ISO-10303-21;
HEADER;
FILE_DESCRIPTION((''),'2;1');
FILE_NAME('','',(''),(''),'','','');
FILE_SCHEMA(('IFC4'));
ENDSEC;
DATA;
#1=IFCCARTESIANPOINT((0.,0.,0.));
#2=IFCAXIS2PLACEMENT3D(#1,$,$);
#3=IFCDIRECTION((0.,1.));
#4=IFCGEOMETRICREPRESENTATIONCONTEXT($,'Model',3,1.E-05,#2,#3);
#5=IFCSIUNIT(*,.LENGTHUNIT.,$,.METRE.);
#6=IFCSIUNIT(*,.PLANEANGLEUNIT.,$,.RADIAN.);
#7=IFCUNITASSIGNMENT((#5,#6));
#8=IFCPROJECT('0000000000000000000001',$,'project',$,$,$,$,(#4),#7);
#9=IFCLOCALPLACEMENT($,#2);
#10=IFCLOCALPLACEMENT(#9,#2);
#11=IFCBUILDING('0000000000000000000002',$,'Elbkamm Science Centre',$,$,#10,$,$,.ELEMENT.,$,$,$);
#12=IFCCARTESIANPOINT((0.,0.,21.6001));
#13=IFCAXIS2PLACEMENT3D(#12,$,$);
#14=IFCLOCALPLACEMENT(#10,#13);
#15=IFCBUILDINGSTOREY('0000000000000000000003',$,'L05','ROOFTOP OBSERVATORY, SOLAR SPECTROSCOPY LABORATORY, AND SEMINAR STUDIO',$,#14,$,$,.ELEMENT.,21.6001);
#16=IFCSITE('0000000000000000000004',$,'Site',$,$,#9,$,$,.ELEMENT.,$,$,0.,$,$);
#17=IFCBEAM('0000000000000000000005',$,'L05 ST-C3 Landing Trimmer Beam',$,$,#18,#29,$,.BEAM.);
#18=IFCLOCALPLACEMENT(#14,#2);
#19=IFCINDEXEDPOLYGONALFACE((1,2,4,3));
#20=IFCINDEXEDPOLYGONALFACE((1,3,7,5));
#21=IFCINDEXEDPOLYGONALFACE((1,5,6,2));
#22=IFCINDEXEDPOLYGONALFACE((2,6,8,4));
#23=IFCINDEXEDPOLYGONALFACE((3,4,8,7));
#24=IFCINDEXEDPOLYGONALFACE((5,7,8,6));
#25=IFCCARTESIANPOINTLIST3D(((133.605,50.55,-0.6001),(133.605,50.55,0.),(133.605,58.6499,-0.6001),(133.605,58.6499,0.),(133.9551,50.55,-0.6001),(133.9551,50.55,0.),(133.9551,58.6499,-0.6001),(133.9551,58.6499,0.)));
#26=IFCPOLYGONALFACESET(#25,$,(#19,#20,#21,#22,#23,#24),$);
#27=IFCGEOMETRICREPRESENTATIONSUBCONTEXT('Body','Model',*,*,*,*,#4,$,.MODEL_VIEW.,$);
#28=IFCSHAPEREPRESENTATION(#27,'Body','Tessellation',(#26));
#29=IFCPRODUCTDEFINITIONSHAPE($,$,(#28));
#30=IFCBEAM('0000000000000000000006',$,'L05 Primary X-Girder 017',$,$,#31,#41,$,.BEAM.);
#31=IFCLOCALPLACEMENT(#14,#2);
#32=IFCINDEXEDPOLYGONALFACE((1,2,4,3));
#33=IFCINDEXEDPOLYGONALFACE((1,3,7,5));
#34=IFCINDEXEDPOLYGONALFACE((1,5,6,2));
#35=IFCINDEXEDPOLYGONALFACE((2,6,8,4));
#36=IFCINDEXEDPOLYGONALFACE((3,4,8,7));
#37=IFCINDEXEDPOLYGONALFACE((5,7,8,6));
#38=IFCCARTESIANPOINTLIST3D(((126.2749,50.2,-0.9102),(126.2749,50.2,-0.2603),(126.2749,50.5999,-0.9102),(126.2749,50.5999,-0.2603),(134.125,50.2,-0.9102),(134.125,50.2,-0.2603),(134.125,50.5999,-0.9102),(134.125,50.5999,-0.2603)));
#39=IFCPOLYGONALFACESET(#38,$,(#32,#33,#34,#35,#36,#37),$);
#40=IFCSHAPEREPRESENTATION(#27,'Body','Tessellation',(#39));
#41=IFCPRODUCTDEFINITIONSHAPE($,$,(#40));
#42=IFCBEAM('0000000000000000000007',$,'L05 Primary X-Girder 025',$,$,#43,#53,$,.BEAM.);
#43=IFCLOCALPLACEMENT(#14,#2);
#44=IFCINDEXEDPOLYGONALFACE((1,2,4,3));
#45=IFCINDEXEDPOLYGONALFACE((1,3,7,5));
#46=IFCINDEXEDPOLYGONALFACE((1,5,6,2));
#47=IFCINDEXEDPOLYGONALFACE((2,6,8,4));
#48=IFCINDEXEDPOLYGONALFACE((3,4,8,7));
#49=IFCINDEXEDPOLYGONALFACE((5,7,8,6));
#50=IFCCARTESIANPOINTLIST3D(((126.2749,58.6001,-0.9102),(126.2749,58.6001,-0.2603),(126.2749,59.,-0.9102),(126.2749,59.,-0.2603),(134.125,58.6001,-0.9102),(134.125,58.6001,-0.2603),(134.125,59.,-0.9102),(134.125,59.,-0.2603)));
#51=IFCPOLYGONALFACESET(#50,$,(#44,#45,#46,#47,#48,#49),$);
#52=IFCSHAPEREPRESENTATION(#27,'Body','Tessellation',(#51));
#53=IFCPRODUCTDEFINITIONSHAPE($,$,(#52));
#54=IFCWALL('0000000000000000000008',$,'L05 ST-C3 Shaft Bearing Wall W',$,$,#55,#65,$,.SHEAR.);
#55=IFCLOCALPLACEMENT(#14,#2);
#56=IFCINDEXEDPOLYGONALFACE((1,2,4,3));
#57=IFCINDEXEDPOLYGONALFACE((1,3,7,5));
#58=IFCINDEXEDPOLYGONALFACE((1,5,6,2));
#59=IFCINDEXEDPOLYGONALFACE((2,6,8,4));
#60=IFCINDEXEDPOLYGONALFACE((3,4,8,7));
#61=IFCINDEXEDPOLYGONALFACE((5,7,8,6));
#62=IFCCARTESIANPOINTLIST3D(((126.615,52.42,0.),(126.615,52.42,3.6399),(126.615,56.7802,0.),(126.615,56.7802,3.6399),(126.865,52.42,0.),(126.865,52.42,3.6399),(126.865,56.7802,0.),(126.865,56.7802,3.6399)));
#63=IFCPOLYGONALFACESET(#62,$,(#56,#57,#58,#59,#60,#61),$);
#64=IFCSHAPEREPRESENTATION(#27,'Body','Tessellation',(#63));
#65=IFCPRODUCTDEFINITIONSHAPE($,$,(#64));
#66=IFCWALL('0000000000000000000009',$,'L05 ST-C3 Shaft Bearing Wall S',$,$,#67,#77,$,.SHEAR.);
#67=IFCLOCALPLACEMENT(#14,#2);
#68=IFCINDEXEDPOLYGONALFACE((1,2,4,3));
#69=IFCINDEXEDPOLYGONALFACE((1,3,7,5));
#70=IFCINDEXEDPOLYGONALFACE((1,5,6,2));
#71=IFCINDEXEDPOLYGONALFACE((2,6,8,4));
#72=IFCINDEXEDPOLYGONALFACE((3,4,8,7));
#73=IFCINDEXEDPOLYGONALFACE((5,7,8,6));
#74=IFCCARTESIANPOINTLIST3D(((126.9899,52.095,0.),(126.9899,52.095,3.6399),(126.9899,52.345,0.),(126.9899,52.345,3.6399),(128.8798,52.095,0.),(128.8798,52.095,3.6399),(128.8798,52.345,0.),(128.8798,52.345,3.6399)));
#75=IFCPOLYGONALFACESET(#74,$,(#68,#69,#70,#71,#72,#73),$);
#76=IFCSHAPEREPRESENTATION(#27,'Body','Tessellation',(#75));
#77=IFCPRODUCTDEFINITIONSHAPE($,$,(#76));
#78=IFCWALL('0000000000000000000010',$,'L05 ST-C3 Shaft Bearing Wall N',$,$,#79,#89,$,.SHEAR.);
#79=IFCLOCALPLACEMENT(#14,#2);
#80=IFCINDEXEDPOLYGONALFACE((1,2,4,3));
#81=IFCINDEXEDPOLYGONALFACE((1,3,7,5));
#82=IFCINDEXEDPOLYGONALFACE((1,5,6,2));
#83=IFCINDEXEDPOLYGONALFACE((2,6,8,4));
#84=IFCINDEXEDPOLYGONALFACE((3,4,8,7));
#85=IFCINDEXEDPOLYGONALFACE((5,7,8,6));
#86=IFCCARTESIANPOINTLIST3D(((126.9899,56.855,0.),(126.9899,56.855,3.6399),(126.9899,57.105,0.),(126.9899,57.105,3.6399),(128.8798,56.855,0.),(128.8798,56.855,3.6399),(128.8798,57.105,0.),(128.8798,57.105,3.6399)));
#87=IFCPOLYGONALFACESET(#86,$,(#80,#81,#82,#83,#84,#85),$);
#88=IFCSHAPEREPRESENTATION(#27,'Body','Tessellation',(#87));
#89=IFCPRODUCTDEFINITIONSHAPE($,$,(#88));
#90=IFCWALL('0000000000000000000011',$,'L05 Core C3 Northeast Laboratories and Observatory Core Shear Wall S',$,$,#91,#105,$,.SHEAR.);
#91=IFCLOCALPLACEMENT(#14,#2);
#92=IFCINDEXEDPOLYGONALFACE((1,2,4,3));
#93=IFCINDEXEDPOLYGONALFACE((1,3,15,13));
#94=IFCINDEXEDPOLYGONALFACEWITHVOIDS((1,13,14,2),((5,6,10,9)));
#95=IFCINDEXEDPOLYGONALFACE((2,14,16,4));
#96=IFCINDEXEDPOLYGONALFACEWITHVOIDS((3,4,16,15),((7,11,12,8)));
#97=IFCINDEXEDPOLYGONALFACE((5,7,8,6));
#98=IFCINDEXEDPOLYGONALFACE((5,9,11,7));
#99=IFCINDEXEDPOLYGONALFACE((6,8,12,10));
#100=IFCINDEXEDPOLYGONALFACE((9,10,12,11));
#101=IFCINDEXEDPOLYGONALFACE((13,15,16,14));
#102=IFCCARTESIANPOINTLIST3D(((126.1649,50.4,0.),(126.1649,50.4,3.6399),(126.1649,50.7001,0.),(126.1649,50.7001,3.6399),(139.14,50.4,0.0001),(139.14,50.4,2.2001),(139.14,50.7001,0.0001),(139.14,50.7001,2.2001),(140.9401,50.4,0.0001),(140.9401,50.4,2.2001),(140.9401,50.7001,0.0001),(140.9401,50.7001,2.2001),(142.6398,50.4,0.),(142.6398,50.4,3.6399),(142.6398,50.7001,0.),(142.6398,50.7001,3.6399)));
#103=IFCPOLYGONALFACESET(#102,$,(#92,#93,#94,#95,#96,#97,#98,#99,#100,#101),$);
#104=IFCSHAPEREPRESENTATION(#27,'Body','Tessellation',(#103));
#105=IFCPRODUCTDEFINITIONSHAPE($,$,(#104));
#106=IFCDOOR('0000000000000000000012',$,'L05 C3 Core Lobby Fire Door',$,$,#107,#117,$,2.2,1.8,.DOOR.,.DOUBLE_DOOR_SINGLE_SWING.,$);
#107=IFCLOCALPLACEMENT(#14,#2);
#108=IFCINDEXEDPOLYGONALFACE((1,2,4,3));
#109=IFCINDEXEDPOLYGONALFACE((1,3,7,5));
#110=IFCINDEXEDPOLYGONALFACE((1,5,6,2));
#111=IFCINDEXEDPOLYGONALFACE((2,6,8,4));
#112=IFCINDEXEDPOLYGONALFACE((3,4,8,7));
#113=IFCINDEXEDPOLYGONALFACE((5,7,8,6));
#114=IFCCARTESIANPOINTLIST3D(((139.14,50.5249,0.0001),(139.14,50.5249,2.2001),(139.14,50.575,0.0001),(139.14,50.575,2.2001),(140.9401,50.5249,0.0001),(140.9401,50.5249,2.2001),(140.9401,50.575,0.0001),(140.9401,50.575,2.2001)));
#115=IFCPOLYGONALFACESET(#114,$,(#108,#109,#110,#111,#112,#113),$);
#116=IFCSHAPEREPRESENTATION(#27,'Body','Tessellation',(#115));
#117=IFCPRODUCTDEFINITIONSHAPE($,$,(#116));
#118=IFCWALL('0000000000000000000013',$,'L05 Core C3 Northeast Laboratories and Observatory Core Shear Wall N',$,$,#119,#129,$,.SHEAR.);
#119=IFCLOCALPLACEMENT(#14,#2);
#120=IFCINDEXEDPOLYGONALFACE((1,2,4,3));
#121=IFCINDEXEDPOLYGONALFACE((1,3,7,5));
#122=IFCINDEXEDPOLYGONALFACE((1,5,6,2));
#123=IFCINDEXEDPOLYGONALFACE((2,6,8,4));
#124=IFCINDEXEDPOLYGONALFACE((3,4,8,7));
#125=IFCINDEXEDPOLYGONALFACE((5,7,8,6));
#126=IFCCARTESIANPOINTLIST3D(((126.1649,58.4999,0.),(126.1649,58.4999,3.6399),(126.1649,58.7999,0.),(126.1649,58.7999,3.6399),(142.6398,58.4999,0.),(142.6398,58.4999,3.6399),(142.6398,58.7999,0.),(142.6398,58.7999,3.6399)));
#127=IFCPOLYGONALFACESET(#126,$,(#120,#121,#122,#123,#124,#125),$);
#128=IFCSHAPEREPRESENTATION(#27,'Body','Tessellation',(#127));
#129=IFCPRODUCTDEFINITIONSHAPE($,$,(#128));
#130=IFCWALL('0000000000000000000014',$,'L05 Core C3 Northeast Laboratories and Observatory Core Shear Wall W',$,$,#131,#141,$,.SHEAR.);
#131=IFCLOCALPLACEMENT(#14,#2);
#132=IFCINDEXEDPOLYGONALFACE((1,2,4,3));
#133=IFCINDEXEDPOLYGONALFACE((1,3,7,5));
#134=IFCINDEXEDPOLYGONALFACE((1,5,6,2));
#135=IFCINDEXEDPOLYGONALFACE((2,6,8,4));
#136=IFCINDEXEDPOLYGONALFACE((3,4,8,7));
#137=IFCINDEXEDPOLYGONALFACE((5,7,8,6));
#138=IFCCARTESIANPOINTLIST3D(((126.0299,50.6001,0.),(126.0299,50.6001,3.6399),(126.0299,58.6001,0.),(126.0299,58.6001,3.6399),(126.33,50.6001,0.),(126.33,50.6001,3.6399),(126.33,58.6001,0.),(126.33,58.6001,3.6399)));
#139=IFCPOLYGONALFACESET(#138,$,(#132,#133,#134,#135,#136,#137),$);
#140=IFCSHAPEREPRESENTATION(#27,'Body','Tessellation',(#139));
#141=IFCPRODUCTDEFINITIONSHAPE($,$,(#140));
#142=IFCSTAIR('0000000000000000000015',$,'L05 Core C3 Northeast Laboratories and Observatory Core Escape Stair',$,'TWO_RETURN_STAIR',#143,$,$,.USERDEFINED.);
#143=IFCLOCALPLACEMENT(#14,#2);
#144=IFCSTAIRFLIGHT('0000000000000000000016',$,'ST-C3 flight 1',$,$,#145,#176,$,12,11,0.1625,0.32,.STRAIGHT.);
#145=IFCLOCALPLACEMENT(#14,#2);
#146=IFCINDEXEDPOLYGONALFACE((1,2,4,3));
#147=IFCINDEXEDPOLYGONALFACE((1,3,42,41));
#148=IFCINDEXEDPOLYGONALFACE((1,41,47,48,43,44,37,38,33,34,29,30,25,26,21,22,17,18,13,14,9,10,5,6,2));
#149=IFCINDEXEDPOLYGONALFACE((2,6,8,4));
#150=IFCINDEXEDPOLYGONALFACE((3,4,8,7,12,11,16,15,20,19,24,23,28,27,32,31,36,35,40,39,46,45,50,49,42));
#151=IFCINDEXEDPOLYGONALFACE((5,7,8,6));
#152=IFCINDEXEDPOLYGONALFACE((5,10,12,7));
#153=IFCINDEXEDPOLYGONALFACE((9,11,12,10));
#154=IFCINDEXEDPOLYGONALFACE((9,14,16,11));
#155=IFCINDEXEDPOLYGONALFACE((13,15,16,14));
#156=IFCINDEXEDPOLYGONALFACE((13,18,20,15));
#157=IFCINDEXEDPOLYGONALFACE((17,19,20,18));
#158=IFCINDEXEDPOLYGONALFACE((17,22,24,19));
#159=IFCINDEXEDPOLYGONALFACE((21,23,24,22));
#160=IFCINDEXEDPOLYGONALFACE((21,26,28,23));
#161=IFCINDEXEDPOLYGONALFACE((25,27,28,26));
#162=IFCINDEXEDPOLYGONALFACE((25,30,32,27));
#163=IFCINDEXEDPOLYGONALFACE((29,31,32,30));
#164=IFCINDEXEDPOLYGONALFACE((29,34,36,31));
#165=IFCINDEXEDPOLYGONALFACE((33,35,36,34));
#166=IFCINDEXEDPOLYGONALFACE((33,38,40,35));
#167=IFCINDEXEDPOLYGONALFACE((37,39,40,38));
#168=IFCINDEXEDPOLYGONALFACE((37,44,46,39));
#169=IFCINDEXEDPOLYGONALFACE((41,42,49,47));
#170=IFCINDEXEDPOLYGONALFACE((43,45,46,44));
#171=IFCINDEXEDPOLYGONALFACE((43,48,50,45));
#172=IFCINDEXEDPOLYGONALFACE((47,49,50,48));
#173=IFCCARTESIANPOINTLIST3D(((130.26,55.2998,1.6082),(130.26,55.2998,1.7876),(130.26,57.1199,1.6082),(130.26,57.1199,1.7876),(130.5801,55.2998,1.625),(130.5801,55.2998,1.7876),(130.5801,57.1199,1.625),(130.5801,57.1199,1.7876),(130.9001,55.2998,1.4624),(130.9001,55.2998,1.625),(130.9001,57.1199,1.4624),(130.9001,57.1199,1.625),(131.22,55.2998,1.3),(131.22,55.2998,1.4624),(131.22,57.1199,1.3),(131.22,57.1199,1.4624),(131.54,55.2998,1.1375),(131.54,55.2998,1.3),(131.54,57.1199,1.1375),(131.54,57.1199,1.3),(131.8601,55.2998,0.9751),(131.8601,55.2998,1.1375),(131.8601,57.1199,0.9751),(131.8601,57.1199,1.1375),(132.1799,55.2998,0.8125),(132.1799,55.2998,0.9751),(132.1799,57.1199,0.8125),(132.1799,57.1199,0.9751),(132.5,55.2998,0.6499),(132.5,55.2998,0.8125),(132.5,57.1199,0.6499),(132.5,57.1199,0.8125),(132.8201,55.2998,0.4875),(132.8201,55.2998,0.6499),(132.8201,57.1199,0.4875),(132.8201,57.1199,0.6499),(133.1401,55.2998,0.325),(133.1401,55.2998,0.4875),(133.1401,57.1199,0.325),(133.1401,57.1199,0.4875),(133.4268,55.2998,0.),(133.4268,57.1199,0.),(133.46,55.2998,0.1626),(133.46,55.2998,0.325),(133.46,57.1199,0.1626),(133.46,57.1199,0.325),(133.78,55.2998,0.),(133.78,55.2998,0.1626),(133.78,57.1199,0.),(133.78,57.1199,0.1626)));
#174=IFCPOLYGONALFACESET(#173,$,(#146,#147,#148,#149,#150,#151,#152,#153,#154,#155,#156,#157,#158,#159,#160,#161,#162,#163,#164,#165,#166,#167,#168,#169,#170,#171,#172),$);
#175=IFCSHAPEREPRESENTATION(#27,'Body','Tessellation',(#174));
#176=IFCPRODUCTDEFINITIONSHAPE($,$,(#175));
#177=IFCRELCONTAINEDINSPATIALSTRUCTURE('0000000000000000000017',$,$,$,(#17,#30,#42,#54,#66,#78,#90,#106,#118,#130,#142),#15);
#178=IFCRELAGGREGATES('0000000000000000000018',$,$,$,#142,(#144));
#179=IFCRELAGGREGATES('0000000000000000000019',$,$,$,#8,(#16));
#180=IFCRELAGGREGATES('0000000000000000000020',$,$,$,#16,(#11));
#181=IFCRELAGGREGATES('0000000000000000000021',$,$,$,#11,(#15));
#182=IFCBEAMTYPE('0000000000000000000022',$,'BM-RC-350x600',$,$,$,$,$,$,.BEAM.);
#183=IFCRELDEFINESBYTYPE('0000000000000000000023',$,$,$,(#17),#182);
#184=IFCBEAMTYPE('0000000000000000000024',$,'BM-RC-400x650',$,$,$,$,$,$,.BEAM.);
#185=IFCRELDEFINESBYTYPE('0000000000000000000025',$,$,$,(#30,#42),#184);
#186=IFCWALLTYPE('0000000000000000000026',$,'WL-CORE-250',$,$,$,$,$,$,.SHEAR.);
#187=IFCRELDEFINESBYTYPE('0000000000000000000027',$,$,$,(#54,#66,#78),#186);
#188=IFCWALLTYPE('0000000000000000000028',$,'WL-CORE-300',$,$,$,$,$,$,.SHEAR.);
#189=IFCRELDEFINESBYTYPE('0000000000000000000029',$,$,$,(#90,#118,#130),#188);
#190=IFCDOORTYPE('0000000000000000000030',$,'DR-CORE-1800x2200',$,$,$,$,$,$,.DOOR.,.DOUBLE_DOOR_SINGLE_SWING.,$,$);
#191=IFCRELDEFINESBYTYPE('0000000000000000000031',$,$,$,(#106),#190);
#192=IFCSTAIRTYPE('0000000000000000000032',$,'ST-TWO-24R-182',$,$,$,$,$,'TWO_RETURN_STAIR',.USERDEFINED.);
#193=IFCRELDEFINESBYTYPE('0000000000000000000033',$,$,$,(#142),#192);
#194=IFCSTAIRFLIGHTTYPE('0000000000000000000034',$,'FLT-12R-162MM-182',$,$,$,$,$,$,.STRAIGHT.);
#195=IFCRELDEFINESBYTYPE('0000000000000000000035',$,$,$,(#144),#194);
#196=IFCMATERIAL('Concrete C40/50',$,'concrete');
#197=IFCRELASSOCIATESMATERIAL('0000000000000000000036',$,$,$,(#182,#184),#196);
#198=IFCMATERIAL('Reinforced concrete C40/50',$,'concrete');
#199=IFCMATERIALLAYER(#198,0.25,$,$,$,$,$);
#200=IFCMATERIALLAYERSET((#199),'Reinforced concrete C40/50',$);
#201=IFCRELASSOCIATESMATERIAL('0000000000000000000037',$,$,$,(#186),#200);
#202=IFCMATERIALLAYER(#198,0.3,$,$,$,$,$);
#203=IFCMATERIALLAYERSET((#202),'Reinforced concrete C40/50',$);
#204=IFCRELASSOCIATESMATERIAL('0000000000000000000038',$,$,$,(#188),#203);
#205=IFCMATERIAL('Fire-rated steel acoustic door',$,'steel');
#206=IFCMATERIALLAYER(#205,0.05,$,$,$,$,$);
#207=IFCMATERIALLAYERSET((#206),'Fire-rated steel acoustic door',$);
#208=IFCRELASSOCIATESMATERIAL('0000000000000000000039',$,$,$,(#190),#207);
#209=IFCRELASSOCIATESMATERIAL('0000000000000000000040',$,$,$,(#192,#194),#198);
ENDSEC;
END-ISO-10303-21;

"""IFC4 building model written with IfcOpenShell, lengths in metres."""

from ifc_helpers import new_model, si_unit, direction, frame, frame_2d, origin, origin_2d, place, context, subcontext, project, spatial, polyline, rectangle, outline, extrude, material, layer, layer_set, material_profile, profile_set, type_object, element, fill, aggregate, save


model = new_model("IFC4")

# Units and contexts
model_context = context("Model", 3, precision=1e-05, world=origin(), true_north=direction((0.0, 1.0)))
body_context = subcontext(model_context, "Body", "Model", "MODEL_VIEW")
ifc_project = project(units=[si_unit("LENGTHUNIT", "METRE"), si_unit("PLANEANGLEUNIT", "RADIAN")], contexts=[model_context])

# Site, building, storey
site_placement = place(None, origin())
site = spatial("IfcSite", under=ifc_project, at=site_placement, Name="Site", CompositionType="ELEMENT", RefElevation=0.0)
building_placement = place(site_placement, origin())
building = spatial("IfcBuilding", under=site, at=building_placement, Name="Elbkamm Science Centre", CompositionType="ELEMENT")
storey_placement = place(building_placement, frame((0.0, 0.0, 21.6001)))
storey = spatial("IfcBuildingStorey", under=building, at=storey_placement, Name="L05", Description="ROOFTOP OBSERVATORY, SOLAR SPECTROSCOPY LABORATORY, AND SEMINAR STUDIO", CompositionType="ELEMENT", Elevation=21.6001)

# Beams
ifc_material_1 = material(Name="Concrete C40/50", Category="concrete")
ifc_material_profile_1 = material_profile(ifc_material_1, rectangle(XDim=0.3501, YDim=0.6001, at=origin_2d()), Name="RC 350x600")
ifc_profile_set_1 = profile_set([ifc_material_profile_1], Name="Concrete C40/50")
beam_type_1 = type_object("IfcBeamType", Name="BM-RC-350x600", PredefinedType="BEAM", material=ifc_profile_set_1)
beam_placement = place(storey_placement, frame((133.78, 50.55, -0.3), z_axis=(0.0, 1.0, 0.0), x_axis=(-1.0, 0.0, 0.0)))
element("IfcBeam", 1, at=beam_placement, inside=storey, type_object=beam_type_1, Name="L05 ST-C3 Landing Trimmer Beam", PredefinedType="BEAM", context=body_context, shape_type="SweptSolid", body=[
    extrude(rectangle(XDim=0.3501, YDim=0.6001, at=origin_2d()), origin(), (0.0, 0.0, 1.0), 8.0999),
])
ifc_material_profile_2 = material_profile(ifc_material_1, rectangle(XDim=0.3999, YDim=0.6499, at=origin_2d()), Name="RC 400x650")
ifc_profile_set_2 = profile_set([ifc_material_profile_2], Name="Concrete C40/50")
beam_type_2 = type_object("IfcBeamType", Name="BM-RC-400x650", PredefinedType="BEAM", material=ifc_profile_set_2)
for number, where, z_axis, x_axis, name in (
    (2, (126.2749, 50.3999, -0.5852), (1.0, 0.0, 0.0), (0.0, 1.0, 0.0), "L05 Primary X-Girder 017"),
    (3, (126.2749, 58.8, -0.5852), (1.0, 0.0, 0.0), (0.0, 1.0, 0.0), "L05 Primary X-Girder 025"),
):
    element("IfcBeam", number, at=place(storey_placement, frame(where, z_axis=z_axis, x_axis=x_axis)), inside=storey, type_object=beam_type_2, Name=name, PredefinedType="BEAM", context=body_context, shape_type="SweptSolid", body=[
        extrude(rectangle(XDim=0.3999, YDim=0.6499, at=origin_2d()), origin(), (0.0, 0.0, 1.0), 7.8501),
    ])

# Walls
ifc_material_2 = material(Name="Reinforced concrete C40/50", Category="concrete")
ifc_layer_1 = layer(ifc_material_2, 0.25)
ifc_layer_set_1 = layer_set([ifc_layer_1], Name="Reinforced concrete C40/50")
wall_type_1 = type_object("IfcWallType", Name="WL-CORE-250", PredefinedType="SHEAR", material=ifc_layer_set_1)
wall_1_placement = place(storey_placement, frame((126.74, 52.4199, 0.0), z_axis=(0.0, 0.0, 1.0), x_axis=(0.0, 1.0, 0.0)))
element("IfcWall", 4, at=wall_1_placement, inside=storey, type_object=wall_type_1, Name="L05 ST-C3 Shaft Bearing Wall W", PredefinedType="SHEAR", context=body_context, shape_type="SweptSolid", body=[
    extrude(rectangle(XDim=4.3601, YDim=0.25, at=frame_2d((2.1802, 0.0))), origin(), (0.0, 0.0, 1.0), 3.6399),
])
for number, where, z_axis, x_axis, name in (
    (5, (126.99, 52.22, 0.0), (0.0, 0.0, 1.0), (1.0, 0.0, 0.0), "L05 ST-C3 Shaft Bearing Wall S"),
    (6, (126.99, 56.98, 0.0), (0.0, 0.0, 1.0), (1.0, 0.0, 0.0), "L05 ST-C3 Shaft Bearing Wall N"),
):
    element("IfcWall", number, at=place(storey_placement, frame(where, z_axis=z_axis, x_axis=x_axis)), inside=storey, type_object=wall_type_1, Name=name, PredefinedType="SHEAR", context=body_context, shape_type="SweptSolid", body=[
        extrude(rectangle(XDim=1.8899, YDim=0.25, at=frame_2d((0.9448, 0.0))), origin(), (0.0, 0.0, 1.0), 3.6399),
    ])

# Wall, opening, door
ifc_layer_2 = layer(ifc_material_2, 0.3)
ifc_layer_set_2 = layer_set([ifc_layer_2], Name="Reinforced concrete C40/50")
wall_type_2 = type_object("IfcWallType", Name="WL-CORE-300", PredefinedType="SHEAR", material=ifc_layer_set_2)
wall_2_placement = place(storey_placement, frame((126.165, 50.55, 0.0), z_axis=(0.0, 0.0, 1.0), x_axis=(1.0, 0.0, 0.0)))
wall_2 = element("IfcWall", 7, at=wall_2_placement, inside=storey, type_object=wall_type_2, Name="L05 Core C3 Northeast Laboratories and Observatory Core Shear Wall S", PredefinedType="SHEAR", context=body_context, shape_type="SweptSolid", body=[
    extrude(rectangle(XDim=16.4749, YDim=0.3, at=frame_2d((8.2373, 0.0))), origin(), (0.0, 0.0, 1.0), 3.6399),
])
opening_placement = place(wall_2_placement, frame((12.9751, 0.0, 0.0)))
opening = element("IfcOpeningElement", 8, at=opening_placement, cuts=wall_2, PredefinedType="OPENING", context=body_context, shape_type="SweptSolid", body=[
    extrude(rectangle(XDim=1.8, YDim=2.2, at=frame_2d((0.8999, 1.1001))), frame((0.0, 0.1621, 0.0), z_axis=(0.0, -1.0, 0.0), x_axis=(1.0, 0.0, 0.0)), (0.0, 0.0, 1.0), 0.324),
])
ifc_material_3 = material(Name="Fire-rated steel acoustic door", Category="steel")
ifc_layer_3 = layer(ifc_material_3, 0.05)
ifc_layer_set_3 = layer_set([ifc_layer_3], Name="Fire-rated steel acoustic door")
door_type = type_object("IfcDoorType", Name="DR-CORE-1800x2200", OperationType="DOUBLE_DOOR_SINGLE_SWING", PredefinedType="DOOR", material=ifc_layer_set_3)
door_placement = place(opening_placement, origin())
door = element("IfcDoor", 9, at=door_placement, inside=storey, type_object=door_type, Name="L05 C3 Core Lobby Fire Door", OperationType="DOUBLE_DOOR_SINGLE_SWING", OverallHeight=2.2, OverallWidth=1.8, PredefinedType="DOOR", context=body_context, shape_type="SweptSolid", body=[
    extrude(rectangle(XDim=1.8, YDim=2.2, at=frame_2d((0.8999, 1.1001))), frame((0.0, 0.0249, 0.0), z_axis=(0.0, -1.0, 0.0), x_axis=(1.0, 0.0, 0.0)), (0.0, 0.0, 1.0), 0.05),
])
fill(opening, door)

# Walls
wall_3_placement = place(storey_placement, frame((126.165, 58.6499, 0.0), z_axis=(0.0, 0.0, 1.0), x_axis=(1.0, 0.0, 0.0)))
element("IfcWall", 10, at=wall_3_placement, inside=storey, type_object=wall_type_2, Name="L05 Core C3 Northeast Laboratories and Observatory Core Shear Wall N", PredefinedType="SHEAR", context=body_context, shape_type="SweptSolid", body=[
    extrude(rectangle(XDim=16.4749, YDim=0.3, at=frame_2d((8.2373, 0.0))), origin(), (0.0, 0.0, 1.0), 3.6399),
])
wall_4_placement = place(storey_placement, frame((126.1799, 50.6001, 0.0), z_axis=(0.0, 0.0, 1.0), x_axis=(0.0, 1.0, 0.0)))
element("IfcWall", 11, at=wall_4_placement, inside=storey, type_object=wall_type_2, Name="L05 Core C3 Northeast Laboratories and Observatory Core Shear Wall W", PredefinedType="SHEAR", context=body_context, shape_type="SweptSolid", body=[
    extrude(rectangle(XDim=8.0, YDim=0.3, at=frame_2d((4.0, 0.0))), origin(), (0.0, 0.0, 1.0), 3.6399),
])

# Stair, stair flight
stair_type = type_object("IfcStairType", Name="ST-TWO-24R-182", ElementType="TWO_RETURN_STAIR", PredefinedType="USERDEFINED", material=ifc_material_2)
stair_placement = place(storey_placement, origin())
stair = element("IfcStair", 12, at=stair_placement, inside=storey, type_object=stair_type, Name="L05 Core C3 Northeast Laboratories and Observatory Core Escape Stair", ObjectType="TWO_RETURN_STAIR", PredefinedType="USERDEFINED")
stair_flight_type = type_object("IfcStairFlightType", Name="FLT-12R-162MM-182", PredefinedType="STRAIGHT", material=ifc_material_2)
stair_flight_1_placement = place(storey_placement, frame((133.78, 56.21, 0.0), z_axis=(0.0, 0.0, 1.0), x_axis=(-1.0, 0.0, 0.0)))
stair_flight_1 = element("IfcStairFlight", 13, at=stair_flight_1_placement, type_object=stair_flight_type, Name="ST-C3 flight 1", NumberOfRisers=12, NumberOfTreads=11, PredefinedType="STRAIGHT", RiserHeight=0.1625, TreadLength=0.32, context=body_context, shape_type="SweptSolid", body=[
    extrude(outline(polyline([(0.0, 0.0), (0.0, 0.1626), (0.3201, 0.1626), (0.3201, 0.325), (0.6399, 0.325), (0.6399, 0.4875), (0.96, 0.4875), (0.96, 0.6499), (1.28, 0.6499), (1.28, 0.8125), (1.6001, 0.8125), (1.6001, 0.9751), (1.9199, 0.9751), (1.9199, 1.1375), (2.24, 1.1375), (2.24, 1.3), (2.5601, 1.3), (2.5601, 1.4624), (2.8799, 1.4624), (2.8799, 1.625), (3.2, 1.625), (3.2, 1.7876), (3.52, 1.7876), (3.52, 1.95), (3.52, 1.6082), (0.3533, 0.0), (0.0, 0.0)])), frame((0.0, 0.9102, 0.0), z_axis=(0.0, -1.0, 0.0), x_axis=(1.0, 0.0, 0.0)), (0.0, 0.0, 1.0), 1.8201),
])
aggregate(stair, [stair_flight_1])

save(model, "model.ifc")
